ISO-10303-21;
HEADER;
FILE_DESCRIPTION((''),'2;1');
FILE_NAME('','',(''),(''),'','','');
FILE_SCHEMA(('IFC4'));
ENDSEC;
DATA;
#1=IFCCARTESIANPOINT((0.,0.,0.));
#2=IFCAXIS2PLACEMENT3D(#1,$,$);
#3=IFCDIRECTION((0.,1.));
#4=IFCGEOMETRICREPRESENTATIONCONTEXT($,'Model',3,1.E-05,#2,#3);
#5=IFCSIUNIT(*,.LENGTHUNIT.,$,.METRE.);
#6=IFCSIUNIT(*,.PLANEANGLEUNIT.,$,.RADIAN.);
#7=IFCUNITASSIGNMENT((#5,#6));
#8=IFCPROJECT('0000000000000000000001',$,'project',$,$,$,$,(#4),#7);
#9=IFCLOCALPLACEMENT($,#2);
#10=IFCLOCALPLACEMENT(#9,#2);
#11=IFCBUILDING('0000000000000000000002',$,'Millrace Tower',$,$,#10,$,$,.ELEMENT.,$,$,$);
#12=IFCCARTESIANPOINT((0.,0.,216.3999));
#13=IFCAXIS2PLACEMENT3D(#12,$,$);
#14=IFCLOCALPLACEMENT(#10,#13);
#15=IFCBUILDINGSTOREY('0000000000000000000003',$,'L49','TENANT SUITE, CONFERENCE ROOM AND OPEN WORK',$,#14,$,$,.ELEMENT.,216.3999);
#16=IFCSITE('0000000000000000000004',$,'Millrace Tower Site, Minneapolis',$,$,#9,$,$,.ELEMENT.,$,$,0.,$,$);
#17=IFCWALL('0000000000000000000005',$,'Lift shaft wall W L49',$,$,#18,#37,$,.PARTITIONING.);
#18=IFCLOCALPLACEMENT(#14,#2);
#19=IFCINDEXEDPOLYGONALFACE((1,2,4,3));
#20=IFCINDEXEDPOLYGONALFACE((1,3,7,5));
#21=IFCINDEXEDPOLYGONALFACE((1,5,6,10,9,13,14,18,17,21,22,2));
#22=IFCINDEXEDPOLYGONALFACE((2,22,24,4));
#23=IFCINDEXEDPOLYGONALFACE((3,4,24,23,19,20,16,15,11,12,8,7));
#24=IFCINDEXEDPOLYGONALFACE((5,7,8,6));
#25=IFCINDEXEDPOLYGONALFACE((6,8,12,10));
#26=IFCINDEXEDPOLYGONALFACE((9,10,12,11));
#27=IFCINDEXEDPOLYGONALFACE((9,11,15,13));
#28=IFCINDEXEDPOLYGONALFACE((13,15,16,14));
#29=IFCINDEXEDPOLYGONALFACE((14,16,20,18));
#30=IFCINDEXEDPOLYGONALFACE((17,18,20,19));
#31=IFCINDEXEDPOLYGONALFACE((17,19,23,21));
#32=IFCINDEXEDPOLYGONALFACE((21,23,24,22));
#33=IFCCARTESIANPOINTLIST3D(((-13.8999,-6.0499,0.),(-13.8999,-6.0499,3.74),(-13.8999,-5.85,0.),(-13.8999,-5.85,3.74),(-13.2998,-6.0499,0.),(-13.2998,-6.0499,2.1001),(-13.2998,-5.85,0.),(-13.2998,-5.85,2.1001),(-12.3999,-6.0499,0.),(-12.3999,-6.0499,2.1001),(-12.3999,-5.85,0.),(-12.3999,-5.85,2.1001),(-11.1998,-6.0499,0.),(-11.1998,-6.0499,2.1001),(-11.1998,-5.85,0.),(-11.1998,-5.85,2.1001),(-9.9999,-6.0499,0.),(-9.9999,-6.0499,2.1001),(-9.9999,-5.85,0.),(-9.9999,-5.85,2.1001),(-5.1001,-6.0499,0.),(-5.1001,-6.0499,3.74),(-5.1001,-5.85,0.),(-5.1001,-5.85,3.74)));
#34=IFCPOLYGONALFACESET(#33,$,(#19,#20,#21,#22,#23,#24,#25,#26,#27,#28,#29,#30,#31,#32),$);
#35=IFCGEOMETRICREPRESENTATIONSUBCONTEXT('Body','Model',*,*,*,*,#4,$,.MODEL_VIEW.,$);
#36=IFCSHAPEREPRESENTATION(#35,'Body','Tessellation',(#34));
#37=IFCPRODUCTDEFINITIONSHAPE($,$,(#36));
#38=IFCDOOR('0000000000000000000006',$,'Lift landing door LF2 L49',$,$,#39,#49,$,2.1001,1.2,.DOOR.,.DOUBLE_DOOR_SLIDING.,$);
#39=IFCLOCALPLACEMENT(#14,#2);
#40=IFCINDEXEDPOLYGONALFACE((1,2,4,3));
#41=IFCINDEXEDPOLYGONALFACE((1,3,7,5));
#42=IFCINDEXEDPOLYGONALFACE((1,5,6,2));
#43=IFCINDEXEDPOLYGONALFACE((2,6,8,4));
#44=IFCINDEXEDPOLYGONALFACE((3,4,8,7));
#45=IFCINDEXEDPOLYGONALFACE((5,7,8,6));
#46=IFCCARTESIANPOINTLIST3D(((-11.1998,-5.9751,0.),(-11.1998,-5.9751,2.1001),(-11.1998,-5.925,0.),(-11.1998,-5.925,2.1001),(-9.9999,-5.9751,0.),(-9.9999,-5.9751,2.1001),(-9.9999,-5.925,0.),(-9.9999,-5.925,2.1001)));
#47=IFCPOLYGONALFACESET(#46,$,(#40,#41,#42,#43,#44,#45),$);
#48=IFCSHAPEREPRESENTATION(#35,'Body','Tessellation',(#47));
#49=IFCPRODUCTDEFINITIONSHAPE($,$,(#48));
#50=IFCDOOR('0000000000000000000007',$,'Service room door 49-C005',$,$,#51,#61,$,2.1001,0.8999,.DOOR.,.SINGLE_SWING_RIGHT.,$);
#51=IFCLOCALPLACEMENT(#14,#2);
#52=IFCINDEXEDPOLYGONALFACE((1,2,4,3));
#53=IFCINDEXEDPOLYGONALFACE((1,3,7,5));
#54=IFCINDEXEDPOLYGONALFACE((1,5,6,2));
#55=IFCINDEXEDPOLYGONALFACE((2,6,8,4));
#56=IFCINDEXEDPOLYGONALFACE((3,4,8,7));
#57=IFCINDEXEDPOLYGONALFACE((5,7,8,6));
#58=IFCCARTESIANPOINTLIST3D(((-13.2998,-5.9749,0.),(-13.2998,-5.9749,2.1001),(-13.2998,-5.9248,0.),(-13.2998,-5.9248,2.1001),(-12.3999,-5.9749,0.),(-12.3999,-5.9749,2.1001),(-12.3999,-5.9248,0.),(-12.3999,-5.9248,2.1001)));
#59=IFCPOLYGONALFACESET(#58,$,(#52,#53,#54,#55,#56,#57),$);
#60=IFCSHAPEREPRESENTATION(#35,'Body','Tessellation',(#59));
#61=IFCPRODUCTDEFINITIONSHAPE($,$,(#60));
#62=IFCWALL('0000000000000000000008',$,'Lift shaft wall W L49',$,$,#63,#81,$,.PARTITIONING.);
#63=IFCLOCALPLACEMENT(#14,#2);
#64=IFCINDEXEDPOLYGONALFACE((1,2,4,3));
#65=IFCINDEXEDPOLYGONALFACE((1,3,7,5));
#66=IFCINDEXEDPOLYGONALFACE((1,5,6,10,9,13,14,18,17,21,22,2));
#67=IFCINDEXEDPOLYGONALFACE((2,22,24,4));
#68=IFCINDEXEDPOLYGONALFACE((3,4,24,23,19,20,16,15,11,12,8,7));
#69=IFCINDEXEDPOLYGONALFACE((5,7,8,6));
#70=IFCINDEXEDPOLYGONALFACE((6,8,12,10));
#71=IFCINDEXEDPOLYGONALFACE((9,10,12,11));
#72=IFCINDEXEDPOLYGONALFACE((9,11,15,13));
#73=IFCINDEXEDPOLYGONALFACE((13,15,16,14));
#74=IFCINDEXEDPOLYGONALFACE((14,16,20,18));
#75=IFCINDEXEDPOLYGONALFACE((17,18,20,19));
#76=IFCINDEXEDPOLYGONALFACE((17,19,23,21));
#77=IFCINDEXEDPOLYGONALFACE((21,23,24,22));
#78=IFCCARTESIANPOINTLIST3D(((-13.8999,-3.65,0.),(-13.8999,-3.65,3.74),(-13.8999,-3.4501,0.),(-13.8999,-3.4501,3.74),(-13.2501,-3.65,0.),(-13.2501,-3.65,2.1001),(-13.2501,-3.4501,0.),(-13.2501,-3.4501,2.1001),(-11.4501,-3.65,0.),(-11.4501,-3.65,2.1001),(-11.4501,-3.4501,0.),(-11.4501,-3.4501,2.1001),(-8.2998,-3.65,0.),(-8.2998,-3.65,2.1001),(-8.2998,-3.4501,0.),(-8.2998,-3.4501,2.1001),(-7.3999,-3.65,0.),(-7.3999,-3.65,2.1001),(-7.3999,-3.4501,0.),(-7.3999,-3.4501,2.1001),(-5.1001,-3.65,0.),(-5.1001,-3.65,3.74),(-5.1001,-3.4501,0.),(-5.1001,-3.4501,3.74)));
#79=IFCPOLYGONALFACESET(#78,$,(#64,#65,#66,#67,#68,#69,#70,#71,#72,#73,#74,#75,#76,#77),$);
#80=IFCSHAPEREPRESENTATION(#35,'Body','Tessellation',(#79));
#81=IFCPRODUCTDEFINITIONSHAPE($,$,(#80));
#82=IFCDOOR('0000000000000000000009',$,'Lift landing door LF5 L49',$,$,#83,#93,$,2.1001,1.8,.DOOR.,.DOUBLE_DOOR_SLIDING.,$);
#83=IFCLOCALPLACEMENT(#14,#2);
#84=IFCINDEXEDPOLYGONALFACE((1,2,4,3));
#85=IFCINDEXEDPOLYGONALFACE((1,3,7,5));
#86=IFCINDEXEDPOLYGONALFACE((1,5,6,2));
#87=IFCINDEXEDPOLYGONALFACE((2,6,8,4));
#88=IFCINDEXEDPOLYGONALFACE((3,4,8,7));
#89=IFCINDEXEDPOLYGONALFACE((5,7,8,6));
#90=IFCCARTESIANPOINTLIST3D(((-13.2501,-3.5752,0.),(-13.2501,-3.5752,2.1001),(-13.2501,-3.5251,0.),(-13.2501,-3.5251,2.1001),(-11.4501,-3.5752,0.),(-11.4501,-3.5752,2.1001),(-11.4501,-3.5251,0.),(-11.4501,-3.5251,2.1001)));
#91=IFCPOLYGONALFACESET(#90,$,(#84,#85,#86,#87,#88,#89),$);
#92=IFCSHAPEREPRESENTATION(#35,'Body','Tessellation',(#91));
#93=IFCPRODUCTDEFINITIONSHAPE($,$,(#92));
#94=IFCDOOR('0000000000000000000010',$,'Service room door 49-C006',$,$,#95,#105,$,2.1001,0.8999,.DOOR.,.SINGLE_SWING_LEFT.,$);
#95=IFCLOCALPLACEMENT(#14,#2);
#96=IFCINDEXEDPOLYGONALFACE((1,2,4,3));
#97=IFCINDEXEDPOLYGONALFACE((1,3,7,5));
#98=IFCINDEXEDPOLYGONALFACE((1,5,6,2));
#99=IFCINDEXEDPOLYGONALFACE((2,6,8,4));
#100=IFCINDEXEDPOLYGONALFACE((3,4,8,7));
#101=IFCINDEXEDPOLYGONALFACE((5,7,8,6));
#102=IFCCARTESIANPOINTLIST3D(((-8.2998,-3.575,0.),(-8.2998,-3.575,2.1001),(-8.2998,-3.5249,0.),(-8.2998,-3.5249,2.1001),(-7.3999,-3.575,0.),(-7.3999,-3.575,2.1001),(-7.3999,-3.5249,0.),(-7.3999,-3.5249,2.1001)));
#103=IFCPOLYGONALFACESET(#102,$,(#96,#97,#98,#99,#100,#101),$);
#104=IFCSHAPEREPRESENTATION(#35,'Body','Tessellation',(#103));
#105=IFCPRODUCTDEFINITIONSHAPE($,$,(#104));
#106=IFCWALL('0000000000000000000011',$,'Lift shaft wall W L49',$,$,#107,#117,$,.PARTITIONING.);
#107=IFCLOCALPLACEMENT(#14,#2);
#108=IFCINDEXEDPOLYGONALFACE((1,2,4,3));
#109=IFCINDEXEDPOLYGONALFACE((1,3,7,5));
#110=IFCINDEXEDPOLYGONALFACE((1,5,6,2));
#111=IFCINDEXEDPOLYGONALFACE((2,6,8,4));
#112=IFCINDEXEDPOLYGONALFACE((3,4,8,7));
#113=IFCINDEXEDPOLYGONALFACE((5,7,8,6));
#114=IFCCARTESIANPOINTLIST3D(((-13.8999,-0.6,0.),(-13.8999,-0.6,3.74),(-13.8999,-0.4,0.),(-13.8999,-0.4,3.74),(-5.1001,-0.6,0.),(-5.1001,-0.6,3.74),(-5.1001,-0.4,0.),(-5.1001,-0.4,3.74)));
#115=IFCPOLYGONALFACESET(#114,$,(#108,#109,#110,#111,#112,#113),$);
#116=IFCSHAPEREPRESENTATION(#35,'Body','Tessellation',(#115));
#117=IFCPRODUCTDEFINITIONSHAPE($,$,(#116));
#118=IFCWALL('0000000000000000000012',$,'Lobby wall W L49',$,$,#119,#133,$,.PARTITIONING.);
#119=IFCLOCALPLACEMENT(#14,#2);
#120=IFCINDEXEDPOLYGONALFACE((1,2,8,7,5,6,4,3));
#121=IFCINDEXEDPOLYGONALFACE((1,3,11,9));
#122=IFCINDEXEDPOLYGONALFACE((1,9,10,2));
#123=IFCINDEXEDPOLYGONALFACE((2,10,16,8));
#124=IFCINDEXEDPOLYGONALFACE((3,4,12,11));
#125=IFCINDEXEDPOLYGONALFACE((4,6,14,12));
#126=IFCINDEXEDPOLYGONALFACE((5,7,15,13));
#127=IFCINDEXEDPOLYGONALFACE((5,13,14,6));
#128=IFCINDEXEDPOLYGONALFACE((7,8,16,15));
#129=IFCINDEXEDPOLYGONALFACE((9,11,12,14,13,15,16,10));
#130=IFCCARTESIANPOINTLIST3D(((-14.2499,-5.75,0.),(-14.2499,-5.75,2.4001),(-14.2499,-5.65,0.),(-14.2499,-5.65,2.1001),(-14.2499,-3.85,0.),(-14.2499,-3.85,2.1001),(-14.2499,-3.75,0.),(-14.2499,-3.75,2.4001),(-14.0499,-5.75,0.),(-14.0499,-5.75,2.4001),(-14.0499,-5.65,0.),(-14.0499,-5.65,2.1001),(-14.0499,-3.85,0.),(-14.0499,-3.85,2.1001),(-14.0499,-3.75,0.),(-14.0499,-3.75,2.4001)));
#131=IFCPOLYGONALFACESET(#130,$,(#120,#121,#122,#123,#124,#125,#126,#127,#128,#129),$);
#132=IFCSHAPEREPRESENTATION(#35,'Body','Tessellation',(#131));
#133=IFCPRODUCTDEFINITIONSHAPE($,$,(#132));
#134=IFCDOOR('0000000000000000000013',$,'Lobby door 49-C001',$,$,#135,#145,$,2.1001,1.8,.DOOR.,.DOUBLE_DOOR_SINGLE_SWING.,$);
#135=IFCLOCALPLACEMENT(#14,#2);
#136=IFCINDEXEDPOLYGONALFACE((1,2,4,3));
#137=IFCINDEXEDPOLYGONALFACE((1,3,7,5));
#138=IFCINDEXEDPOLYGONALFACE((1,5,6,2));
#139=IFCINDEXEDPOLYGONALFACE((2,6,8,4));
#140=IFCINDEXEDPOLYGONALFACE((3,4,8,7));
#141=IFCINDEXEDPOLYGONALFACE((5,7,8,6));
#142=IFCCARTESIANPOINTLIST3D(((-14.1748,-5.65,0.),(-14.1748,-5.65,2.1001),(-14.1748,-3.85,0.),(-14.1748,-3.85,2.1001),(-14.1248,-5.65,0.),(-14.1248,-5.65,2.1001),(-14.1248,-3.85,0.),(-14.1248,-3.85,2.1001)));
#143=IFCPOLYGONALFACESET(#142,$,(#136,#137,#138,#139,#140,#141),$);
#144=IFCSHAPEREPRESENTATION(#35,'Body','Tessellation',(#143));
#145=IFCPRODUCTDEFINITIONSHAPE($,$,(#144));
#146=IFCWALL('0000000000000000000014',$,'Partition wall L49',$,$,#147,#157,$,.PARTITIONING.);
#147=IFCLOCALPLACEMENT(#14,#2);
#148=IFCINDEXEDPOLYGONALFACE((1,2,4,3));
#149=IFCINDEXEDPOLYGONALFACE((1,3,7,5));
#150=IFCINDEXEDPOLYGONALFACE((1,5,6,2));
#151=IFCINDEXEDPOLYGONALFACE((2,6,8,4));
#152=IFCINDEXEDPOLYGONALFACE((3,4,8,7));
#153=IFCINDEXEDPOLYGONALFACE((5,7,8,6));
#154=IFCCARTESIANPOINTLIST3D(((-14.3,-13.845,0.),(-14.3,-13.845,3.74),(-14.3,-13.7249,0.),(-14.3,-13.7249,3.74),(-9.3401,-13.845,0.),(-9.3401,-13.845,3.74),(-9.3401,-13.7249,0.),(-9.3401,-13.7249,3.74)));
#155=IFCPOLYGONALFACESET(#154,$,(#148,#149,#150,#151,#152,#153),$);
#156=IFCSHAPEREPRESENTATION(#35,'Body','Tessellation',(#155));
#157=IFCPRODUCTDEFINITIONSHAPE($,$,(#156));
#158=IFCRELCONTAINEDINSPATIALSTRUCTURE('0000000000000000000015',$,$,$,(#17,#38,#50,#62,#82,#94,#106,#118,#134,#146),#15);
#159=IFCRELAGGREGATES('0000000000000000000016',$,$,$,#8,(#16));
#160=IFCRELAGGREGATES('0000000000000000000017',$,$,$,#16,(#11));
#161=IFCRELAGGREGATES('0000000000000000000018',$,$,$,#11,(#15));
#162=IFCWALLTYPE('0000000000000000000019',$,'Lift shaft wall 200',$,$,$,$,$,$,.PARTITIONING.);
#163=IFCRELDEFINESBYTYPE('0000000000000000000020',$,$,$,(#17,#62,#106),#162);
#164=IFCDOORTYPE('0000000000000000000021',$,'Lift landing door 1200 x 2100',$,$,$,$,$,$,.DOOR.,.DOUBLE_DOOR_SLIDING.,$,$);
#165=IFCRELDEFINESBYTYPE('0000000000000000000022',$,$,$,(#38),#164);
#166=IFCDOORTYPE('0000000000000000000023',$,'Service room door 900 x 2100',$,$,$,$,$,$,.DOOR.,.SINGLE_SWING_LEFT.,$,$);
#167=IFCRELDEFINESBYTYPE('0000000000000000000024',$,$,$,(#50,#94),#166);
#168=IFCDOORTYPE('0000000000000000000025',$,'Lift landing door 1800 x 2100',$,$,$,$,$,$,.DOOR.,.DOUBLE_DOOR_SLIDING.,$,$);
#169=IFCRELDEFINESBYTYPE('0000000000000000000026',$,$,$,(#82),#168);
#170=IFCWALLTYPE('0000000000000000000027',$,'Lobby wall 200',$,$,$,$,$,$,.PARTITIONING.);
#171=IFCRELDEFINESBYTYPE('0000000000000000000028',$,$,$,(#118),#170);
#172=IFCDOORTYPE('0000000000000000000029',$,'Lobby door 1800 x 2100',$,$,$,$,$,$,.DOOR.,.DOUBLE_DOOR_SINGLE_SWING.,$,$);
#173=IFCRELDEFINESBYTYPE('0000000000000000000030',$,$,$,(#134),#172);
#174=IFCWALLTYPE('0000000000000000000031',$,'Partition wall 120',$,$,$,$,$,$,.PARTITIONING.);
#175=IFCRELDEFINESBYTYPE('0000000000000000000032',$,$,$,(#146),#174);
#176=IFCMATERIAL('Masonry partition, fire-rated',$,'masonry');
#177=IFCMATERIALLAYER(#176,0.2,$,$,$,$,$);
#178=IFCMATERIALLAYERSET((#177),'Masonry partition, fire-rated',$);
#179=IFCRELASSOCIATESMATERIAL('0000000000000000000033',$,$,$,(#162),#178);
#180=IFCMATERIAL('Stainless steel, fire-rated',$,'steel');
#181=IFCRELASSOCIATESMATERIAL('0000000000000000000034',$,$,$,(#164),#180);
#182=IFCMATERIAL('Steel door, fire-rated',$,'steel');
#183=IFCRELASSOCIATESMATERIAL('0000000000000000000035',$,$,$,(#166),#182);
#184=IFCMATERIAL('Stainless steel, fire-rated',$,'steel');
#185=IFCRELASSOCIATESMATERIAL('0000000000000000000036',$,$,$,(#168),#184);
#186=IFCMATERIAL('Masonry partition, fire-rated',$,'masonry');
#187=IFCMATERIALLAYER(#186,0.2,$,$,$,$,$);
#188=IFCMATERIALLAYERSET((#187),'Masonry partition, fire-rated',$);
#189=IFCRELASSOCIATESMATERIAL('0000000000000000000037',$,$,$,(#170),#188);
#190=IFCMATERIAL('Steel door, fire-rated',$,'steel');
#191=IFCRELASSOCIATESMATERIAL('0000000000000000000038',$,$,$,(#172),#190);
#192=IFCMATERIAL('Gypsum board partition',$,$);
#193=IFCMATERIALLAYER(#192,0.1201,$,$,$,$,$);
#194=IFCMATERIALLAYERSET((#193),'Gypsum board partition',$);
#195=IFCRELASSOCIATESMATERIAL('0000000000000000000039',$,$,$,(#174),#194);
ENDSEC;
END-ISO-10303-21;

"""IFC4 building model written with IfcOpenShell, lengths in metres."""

from ifc_helpers import new_model, si_unit, direction, frame, frame_2d, origin, place, context, subcontext, project, spatial, rectangle, extrude, material, layer, layer_set, type_object, element, fill, save


model = new_model("IFC4")

# Units and contexts
model_context = context("Model", 3, precision=1e-05, world=origin(), true_north=direction((0.0, 1.0)))
body_context = subcontext(model_context, "Body", "Model", "MODEL_VIEW")
ifc_project = project(units=[si_unit("LENGTHUNIT", "METRE"), si_unit("PLANEANGLEUNIT", "RADIAN")], contexts=[model_context])

# Site, building, storey
site_placement = place(None, origin())
site = spatial("IfcSite", under=ifc_project, at=site_placement, Name="Millrace Tower Site, Minneapolis", CompositionType="ELEMENT", RefElevation=0.0)
building_placement = place(site_placement, origin())
building = spatial("IfcBuilding", under=site, at=building_placement, Name="Millrace Tower", CompositionType="ELEMENT")
storey_placement = place(building_placement, frame((0.0, 0.0, 216.3999)))
storey = spatial("IfcBuildingStorey", under=building, at=storey_placement, Name="L49", Description="TENANT SUITE, CONFERENCE ROOM AND OPEN WORK", CompositionType="ELEMENT", Elevation=216.3999)

# Walls, openings, doors
ifc_material_1 = material(Name="Masonry partition, fire-rated", Category="masonry")
ifc_layer_1 = layer(ifc_material_1, 0.2)
ifc_layer_set_1 = layer_set([ifc_layer_1], Name="Masonry partition, fire-rated")
wall_type_1 = type_object("IfcWallType", Name="Lift shaft wall 200", PredefinedType="PARTITIONING", material=ifc_layer_set_1)
wall_1_placement = place(storey_placement, frame((-13.8999, -5.95, 0.0), z_axis=(0.0, 0.0, 1.0), x_axis=(1.0, 0.0, 0.0)))
wall_1 = element("IfcWall", 1, at=wall_1_placement, inside=storey, type_object=wall_type_1, Name="Lift shaft wall W L49", PredefinedType="PARTITIONING", context=body_context, shape_type="SweptSolid", body=[
    extrude(rectangle(XDim=8.7998, YDim=0.2, at=frame_2d((4.3999, 0.0))), origin(), (0.0, 0.0, 1.0), 3.74),
])
opening_1_placement = place(wall_1_placement, frame((2.7, 0.0, 0.0)))
opening_1 = element("IfcOpeningElement", 2, at=opening_1_placement, cuts=wall_1, PredefinedType="OPENING", context=body_context, shape_type="SweptSolid", body=[
    extrude(rectangle(XDim=1.2, YDim=2.1001, at=frame_2d((0.6001, 1.05))), frame((0.0, 0.1099, 0.0), z_axis=(0.0, -1.0, 0.0), x_axis=(1.0, 0.0, 0.0)), (0.0, 0.0, 1.0), 0.22),
])
opening_2_placement = place(wall_1_placement, frame((0.6001, 0.0, 0.0)))
opening_2 = element("IfcOpeningElement", 3, at=opening_2_placement, cuts=wall_1, PredefinedType="OPENING", context=body_context, shape_type="SweptSolid", body=[
    extrude(rectangle(XDim=0.8999, YDim=2.1001, at=frame_2d((0.45, 1.05))), frame((0.0, 0.1099, 0.0), z_axis=(0.0, -1.0, 0.0), x_axis=(1.0, 0.0, 0.0)), (0.0, 0.0, 1.0), 0.22),
])
ifc_material_2 = material(Name="Stainless steel, fire-rated", Category="steel")
door_type_1 = type_object("IfcDoorType", Name="Lift landing door 1200 x 2100", OperationType="DOUBLE_DOOR_SLIDING", PredefinedType="DOOR", material=ifc_material_2)
door_1_placement = place(opening_1_placement, origin())
door_1 = element("IfcDoor", 4, at=door_1_placement, inside=storey, type_object=door_type_1, Name="Lift landing door LF2 L49", OperationType="DOUBLE_DOOR_SLIDING", OverallHeight=2.1001, OverallWidth=1.2, PredefinedType="DOOR", context=body_context, shape_type="SweptSolid", body=[
    extrude(rectangle(XDim=1.2, YDim=2.1001, at=frame_2d((0.6001, 1.05))), frame((0.0, 0.0249, 0.0), z_axis=(0.0, -1.0, 0.0), x_axis=(1.0, 0.0, 0.0)), (0.0, 0.0, 1.0), 0.05),
])
fill(opening_1, door_1)
ifc_material_3 = material(Name="Steel door, fire-rated", Category="steel")
door_type_2 = type_object("IfcDoorType", Name="Service room door 900 x 2100", OperationType="SINGLE_SWING_LEFT", PredefinedType="DOOR", material=ifc_material_3)
door_2_placement = place(opening_2_placement, frame((0.8999, 0.0, 0.0), z_axis=(0.0, 0.0, 1.0), x_axis=(-1.0, 0.0, 0.0)))
door_2 = element("IfcDoor", 5, at=door_2_placement, inside=storey, type_object=door_type_2, Name="Service room door 49-C005", OperationType="SINGLE_SWING_RIGHT", OverallHeight=2.1001, OverallWidth=0.8999, PredefinedType="DOOR", context=body_context, shape_type="SweptSolid", body=[
    extrude(rectangle(XDim=0.8999, YDim=2.1001, at=frame_2d((0.45, 1.05))), frame((0.0, 0.0249, 0.0), z_axis=(0.0, -1.0, 0.0), x_axis=(1.0, 0.0, 0.0)), (0.0, 0.0, 1.0), 0.05),
])
fill(opening_2, door_2)
wall_2_placement = place(storey_placement, frame((-13.8999, -3.55, 0.0), z_axis=(0.0, 0.0, 1.0), x_axis=(1.0, 0.0, 0.0)))
wall_2 = element("IfcWall", 6, at=wall_2_placement, inside=storey, type_object=wall_type_1, Name="Lift shaft wall W L49", PredefinedType="PARTITIONING", context=body_context, shape_type="SweptSolid", body=[
    extrude(rectangle(XDim=8.7998, YDim=0.2, at=frame_2d((4.3999, 0.0))), origin(), (0.0, 0.0, 1.0), 3.74),
])
opening_3_placement = place(wall_2_placement, frame((0.6499, 0.0, 0.0)))
opening_3 = element("IfcOpeningElement", 7, at=opening_3_placement, cuts=wall_2, PredefinedType="OPENING", context=body_context, shape_type="SweptSolid", body=[
    extrude(rectangle(XDim=1.8, YDim=2.1001, at=frame_2d((0.8999, 1.05))), frame((0.0, 0.1099, 0.0), z_axis=(0.0, -1.0, 0.0), x_axis=(1.0, 0.0, 0.0)), (0.0, 0.0, 1.0), 0.22),
])
opening_4_placement = place(wall_2_placement, frame((5.6001, 0.0, 0.0)))
opening_4 = element("IfcOpeningElement", 8, at=opening_4_placement, cuts=wall_2, PredefinedType="OPENING", context=body_context, shape_type="SweptSolid", body=[
    extrude(rectangle(XDim=0.8999, YDim=2.1001, at=frame_2d((0.45, 1.05))), frame((0.0, 0.1099, 0.0), z_axis=(0.0, -1.0, 0.0), x_axis=(1.0, 0.0, 0.0)), (0.0, 0.0, 1.0), 0.22),
])
ifc_material_4 = material(Name="Stainless steel, fire-rated", Category="steel")
door_type_3 = type_object("IfcDoorType", Name="Lift landing door 1800 x 2100", OperationType="DOUBLE_DOOR_SLIDING", PredefinedType="DOOR", material=ifc_material_4)
door_3_placement = place(opening_3_placement, origin())
door_3 = element("IfcDoor", 9, at=door_3_placement, inside=storey, type_object=door_type_3, Name="Lift landing door LF5 L49", OperationType="DOUBLE_DOOR_SLIDING", OverallHeight=2.1001, OverallWidth=1.8, PredefinedType="DOOR", context=body_context, shape_type="SweptSolid", body=[
    extrude(rectangle(XDim=1.8, YDim=2.1001, at=frame_2d((0.8999, 1.05))), frame((0.0, 0.0249, 0.0), z_axis=(0.0, -1.0, 0.0), x_axis=(1.0, 0.0, 0.0)), (0.0, 0.0, 1.0), 0.05),
])
fill(opening_3, door_3)
door_4_placement = place(opening_4_placement, frame((0.8999, 0.0, 0.0), z_axis=(0.0, 0.0, 1.0), x_axis=(-1.0, 0.0, 0.0)))
door_4 = element("IfcDoor", 10, at=door_4_placement, inside=storey, type_object=door_type_2, Name="Service room door 49-C006", OperationType="SINGLE_SWING_LEFT", OverallHeight=2.1001, OverallWidth=0.8999, PredefinedType="DOOR", context=body_context, shape_type="SweptSolid", body=[
    extrude(rectangle(XDim=0.8999, YDim=2.1001, at=frame_2d((0.45, 1.05))), frame((0.0, 0.0249, 0.0), z_axis=(0.0, -1.0, 0.0), x_axis=(1.0, 0.0, 0.0)), (0.0, 0.0, 1.0), 0.05),
])
fill(opening_4, door_4)

# Wall
wall_3_placement = place(storey_placement, frame((-13.8999, -0.5, 0.0), z_axis=(0.0, 0.0, 1.0), x_axis=(1.0, 0.0, 0.0)))
element("IfcWall", 11, at=wall_3_placement, inside=storey, type_object=wall_type_1, Name="Lift shaft wall W L49", PredefinedType="PARTITIONING", context=body_context, shape_type="SweptSolid", body=[
    extrude(rectangle(XDim=8.7998, YDim=0.2, at=frame_2d((4.3999, 0.0))), origin(), (0.0, 0.0, 1.0), 3.74),
])

# Wall, opening, door
ifc_material_5 = material(Name="Masonry partition, fire-rated", Category="masonry")
ifc_layer_2 = layer(ifc_material_5, 0.2)
ifc_layer_set_2 = layer_set([ifc_layer_2], Name="Masonry partition, fire-rated")
wall_type_2 = type_object("IfcWallType", Name="Lobby wall 200", PredefinedType="PARTITIONING", material=ifc_layer_set_2)
wall_4_placement = place(storey_placement, frame((-14.1499, -5.75, 0.0), z_axis=(0.0, 0.0, 1.0), x_axis=(0.0, 1.0, 0.0)))
wall_4 = element("IfcWall", 12, at=wall_4_placement, inside=storey, type_object=wall_type_2, Name="Lobby wall W L49", PredefinedType="PARTITIONING", context=body_context, shape_type="SweptSolid", body=[
    extrude(rectangle(XDim=2.0, YDim=0.2, at=frame_2d((1.0, 0.0))), origin(), (0.0, 0.0, 1.0), 2.4001),
])
opening_5_placement = place(wall_4_placement, frame((0.1001, 0.0, 0.0)))
opening_5 = element("IfcOpeningElement", 13, at=opening_5_placement, cuts=wall_4, PredefinedType="OPENING", context=body_context, shape_type="SweptSolid", body=[
    extrude(rectangle(XDim=1.8, YDim=2.1001, at=frame_2d((0.8999, 1.05))), frame((0.0, 0.1099, 0.0), z_axis=(0.0, -1.0, 0.0), x_axis=(1.0, 0.0, 0.0)), (0.0, 0.0, 1.0), 0.22),
])
ifc_material_6 = material(Name="Steel door, fire-rated", Category="steel")
door_type_4 = type_object("IfcDoorType", Name="Lobby door 1800 x 2100", OperationType="DOUBLE_DOOR_SINGLE_SWING", PredefinedType="DOOR", material=ifc_material_6)
door_5_placement = place(opening_5_placement, origin())
door_5 = element("IfcDoor", 14, at=door_5_placement, inside=storey, type_object=door_type_4, Name="Lobby door 49-C001", OperationType="DOUBLE_DOOR_SINGLE_SWING", OverallHeight=2.1001, OverallWidth=1.8, PredefinedType="DOOR", context=body_context, shape_type="SweptSolid", body=[
    extrude(rectangle(XDim=1.8, YDim=2.1001, at=frame_2d((0.8999, 1.05))), frame((0.0, 0.0249, 0.0), z_axis=(0.0, -1.0, 0.0), x_axis=(1.0, 0.0, 0.0)), (0.0, 0.0, 1.0), 0.05),
])
fill(opening_5, door_5)

# Wall
ifc_material_7 = material(Name="Gypsum board partition")
ifc_layer_3 = layer(ifc_material_7, 0.1201)
ifc_layer_set_3 = layer_set([ifc_layer_3], Name="Gypsum board partition")
wall_type_3 = type_object("IfcWallType", Name="Partition wall 120", PredefinedType="PARTITIONING", material=ifc_layer_set_3)
wall_5_placement = place(storey_placement, frame((-14.3, -13.7849, 0.0), z_axis=(0.0, 0.0, 1.0), x_axis=(1.0, 0.0, 0.0)))
element("IfcWall", 15, at=wall_5_placement, inside=storey, type_object=wall_type_3, Name="Partition wall L49", PredefinedType="PARTITIONING", context=body_context, shape_type="SweptSolid", body=[
    extrude(rectangle(XDim=4.96, YDim=0.1201, at=frame_2d((2.48, 0.0))), origin(), (0.0, 0.0, 1.0), 3.74),
])

save(model, "model.ifc")
